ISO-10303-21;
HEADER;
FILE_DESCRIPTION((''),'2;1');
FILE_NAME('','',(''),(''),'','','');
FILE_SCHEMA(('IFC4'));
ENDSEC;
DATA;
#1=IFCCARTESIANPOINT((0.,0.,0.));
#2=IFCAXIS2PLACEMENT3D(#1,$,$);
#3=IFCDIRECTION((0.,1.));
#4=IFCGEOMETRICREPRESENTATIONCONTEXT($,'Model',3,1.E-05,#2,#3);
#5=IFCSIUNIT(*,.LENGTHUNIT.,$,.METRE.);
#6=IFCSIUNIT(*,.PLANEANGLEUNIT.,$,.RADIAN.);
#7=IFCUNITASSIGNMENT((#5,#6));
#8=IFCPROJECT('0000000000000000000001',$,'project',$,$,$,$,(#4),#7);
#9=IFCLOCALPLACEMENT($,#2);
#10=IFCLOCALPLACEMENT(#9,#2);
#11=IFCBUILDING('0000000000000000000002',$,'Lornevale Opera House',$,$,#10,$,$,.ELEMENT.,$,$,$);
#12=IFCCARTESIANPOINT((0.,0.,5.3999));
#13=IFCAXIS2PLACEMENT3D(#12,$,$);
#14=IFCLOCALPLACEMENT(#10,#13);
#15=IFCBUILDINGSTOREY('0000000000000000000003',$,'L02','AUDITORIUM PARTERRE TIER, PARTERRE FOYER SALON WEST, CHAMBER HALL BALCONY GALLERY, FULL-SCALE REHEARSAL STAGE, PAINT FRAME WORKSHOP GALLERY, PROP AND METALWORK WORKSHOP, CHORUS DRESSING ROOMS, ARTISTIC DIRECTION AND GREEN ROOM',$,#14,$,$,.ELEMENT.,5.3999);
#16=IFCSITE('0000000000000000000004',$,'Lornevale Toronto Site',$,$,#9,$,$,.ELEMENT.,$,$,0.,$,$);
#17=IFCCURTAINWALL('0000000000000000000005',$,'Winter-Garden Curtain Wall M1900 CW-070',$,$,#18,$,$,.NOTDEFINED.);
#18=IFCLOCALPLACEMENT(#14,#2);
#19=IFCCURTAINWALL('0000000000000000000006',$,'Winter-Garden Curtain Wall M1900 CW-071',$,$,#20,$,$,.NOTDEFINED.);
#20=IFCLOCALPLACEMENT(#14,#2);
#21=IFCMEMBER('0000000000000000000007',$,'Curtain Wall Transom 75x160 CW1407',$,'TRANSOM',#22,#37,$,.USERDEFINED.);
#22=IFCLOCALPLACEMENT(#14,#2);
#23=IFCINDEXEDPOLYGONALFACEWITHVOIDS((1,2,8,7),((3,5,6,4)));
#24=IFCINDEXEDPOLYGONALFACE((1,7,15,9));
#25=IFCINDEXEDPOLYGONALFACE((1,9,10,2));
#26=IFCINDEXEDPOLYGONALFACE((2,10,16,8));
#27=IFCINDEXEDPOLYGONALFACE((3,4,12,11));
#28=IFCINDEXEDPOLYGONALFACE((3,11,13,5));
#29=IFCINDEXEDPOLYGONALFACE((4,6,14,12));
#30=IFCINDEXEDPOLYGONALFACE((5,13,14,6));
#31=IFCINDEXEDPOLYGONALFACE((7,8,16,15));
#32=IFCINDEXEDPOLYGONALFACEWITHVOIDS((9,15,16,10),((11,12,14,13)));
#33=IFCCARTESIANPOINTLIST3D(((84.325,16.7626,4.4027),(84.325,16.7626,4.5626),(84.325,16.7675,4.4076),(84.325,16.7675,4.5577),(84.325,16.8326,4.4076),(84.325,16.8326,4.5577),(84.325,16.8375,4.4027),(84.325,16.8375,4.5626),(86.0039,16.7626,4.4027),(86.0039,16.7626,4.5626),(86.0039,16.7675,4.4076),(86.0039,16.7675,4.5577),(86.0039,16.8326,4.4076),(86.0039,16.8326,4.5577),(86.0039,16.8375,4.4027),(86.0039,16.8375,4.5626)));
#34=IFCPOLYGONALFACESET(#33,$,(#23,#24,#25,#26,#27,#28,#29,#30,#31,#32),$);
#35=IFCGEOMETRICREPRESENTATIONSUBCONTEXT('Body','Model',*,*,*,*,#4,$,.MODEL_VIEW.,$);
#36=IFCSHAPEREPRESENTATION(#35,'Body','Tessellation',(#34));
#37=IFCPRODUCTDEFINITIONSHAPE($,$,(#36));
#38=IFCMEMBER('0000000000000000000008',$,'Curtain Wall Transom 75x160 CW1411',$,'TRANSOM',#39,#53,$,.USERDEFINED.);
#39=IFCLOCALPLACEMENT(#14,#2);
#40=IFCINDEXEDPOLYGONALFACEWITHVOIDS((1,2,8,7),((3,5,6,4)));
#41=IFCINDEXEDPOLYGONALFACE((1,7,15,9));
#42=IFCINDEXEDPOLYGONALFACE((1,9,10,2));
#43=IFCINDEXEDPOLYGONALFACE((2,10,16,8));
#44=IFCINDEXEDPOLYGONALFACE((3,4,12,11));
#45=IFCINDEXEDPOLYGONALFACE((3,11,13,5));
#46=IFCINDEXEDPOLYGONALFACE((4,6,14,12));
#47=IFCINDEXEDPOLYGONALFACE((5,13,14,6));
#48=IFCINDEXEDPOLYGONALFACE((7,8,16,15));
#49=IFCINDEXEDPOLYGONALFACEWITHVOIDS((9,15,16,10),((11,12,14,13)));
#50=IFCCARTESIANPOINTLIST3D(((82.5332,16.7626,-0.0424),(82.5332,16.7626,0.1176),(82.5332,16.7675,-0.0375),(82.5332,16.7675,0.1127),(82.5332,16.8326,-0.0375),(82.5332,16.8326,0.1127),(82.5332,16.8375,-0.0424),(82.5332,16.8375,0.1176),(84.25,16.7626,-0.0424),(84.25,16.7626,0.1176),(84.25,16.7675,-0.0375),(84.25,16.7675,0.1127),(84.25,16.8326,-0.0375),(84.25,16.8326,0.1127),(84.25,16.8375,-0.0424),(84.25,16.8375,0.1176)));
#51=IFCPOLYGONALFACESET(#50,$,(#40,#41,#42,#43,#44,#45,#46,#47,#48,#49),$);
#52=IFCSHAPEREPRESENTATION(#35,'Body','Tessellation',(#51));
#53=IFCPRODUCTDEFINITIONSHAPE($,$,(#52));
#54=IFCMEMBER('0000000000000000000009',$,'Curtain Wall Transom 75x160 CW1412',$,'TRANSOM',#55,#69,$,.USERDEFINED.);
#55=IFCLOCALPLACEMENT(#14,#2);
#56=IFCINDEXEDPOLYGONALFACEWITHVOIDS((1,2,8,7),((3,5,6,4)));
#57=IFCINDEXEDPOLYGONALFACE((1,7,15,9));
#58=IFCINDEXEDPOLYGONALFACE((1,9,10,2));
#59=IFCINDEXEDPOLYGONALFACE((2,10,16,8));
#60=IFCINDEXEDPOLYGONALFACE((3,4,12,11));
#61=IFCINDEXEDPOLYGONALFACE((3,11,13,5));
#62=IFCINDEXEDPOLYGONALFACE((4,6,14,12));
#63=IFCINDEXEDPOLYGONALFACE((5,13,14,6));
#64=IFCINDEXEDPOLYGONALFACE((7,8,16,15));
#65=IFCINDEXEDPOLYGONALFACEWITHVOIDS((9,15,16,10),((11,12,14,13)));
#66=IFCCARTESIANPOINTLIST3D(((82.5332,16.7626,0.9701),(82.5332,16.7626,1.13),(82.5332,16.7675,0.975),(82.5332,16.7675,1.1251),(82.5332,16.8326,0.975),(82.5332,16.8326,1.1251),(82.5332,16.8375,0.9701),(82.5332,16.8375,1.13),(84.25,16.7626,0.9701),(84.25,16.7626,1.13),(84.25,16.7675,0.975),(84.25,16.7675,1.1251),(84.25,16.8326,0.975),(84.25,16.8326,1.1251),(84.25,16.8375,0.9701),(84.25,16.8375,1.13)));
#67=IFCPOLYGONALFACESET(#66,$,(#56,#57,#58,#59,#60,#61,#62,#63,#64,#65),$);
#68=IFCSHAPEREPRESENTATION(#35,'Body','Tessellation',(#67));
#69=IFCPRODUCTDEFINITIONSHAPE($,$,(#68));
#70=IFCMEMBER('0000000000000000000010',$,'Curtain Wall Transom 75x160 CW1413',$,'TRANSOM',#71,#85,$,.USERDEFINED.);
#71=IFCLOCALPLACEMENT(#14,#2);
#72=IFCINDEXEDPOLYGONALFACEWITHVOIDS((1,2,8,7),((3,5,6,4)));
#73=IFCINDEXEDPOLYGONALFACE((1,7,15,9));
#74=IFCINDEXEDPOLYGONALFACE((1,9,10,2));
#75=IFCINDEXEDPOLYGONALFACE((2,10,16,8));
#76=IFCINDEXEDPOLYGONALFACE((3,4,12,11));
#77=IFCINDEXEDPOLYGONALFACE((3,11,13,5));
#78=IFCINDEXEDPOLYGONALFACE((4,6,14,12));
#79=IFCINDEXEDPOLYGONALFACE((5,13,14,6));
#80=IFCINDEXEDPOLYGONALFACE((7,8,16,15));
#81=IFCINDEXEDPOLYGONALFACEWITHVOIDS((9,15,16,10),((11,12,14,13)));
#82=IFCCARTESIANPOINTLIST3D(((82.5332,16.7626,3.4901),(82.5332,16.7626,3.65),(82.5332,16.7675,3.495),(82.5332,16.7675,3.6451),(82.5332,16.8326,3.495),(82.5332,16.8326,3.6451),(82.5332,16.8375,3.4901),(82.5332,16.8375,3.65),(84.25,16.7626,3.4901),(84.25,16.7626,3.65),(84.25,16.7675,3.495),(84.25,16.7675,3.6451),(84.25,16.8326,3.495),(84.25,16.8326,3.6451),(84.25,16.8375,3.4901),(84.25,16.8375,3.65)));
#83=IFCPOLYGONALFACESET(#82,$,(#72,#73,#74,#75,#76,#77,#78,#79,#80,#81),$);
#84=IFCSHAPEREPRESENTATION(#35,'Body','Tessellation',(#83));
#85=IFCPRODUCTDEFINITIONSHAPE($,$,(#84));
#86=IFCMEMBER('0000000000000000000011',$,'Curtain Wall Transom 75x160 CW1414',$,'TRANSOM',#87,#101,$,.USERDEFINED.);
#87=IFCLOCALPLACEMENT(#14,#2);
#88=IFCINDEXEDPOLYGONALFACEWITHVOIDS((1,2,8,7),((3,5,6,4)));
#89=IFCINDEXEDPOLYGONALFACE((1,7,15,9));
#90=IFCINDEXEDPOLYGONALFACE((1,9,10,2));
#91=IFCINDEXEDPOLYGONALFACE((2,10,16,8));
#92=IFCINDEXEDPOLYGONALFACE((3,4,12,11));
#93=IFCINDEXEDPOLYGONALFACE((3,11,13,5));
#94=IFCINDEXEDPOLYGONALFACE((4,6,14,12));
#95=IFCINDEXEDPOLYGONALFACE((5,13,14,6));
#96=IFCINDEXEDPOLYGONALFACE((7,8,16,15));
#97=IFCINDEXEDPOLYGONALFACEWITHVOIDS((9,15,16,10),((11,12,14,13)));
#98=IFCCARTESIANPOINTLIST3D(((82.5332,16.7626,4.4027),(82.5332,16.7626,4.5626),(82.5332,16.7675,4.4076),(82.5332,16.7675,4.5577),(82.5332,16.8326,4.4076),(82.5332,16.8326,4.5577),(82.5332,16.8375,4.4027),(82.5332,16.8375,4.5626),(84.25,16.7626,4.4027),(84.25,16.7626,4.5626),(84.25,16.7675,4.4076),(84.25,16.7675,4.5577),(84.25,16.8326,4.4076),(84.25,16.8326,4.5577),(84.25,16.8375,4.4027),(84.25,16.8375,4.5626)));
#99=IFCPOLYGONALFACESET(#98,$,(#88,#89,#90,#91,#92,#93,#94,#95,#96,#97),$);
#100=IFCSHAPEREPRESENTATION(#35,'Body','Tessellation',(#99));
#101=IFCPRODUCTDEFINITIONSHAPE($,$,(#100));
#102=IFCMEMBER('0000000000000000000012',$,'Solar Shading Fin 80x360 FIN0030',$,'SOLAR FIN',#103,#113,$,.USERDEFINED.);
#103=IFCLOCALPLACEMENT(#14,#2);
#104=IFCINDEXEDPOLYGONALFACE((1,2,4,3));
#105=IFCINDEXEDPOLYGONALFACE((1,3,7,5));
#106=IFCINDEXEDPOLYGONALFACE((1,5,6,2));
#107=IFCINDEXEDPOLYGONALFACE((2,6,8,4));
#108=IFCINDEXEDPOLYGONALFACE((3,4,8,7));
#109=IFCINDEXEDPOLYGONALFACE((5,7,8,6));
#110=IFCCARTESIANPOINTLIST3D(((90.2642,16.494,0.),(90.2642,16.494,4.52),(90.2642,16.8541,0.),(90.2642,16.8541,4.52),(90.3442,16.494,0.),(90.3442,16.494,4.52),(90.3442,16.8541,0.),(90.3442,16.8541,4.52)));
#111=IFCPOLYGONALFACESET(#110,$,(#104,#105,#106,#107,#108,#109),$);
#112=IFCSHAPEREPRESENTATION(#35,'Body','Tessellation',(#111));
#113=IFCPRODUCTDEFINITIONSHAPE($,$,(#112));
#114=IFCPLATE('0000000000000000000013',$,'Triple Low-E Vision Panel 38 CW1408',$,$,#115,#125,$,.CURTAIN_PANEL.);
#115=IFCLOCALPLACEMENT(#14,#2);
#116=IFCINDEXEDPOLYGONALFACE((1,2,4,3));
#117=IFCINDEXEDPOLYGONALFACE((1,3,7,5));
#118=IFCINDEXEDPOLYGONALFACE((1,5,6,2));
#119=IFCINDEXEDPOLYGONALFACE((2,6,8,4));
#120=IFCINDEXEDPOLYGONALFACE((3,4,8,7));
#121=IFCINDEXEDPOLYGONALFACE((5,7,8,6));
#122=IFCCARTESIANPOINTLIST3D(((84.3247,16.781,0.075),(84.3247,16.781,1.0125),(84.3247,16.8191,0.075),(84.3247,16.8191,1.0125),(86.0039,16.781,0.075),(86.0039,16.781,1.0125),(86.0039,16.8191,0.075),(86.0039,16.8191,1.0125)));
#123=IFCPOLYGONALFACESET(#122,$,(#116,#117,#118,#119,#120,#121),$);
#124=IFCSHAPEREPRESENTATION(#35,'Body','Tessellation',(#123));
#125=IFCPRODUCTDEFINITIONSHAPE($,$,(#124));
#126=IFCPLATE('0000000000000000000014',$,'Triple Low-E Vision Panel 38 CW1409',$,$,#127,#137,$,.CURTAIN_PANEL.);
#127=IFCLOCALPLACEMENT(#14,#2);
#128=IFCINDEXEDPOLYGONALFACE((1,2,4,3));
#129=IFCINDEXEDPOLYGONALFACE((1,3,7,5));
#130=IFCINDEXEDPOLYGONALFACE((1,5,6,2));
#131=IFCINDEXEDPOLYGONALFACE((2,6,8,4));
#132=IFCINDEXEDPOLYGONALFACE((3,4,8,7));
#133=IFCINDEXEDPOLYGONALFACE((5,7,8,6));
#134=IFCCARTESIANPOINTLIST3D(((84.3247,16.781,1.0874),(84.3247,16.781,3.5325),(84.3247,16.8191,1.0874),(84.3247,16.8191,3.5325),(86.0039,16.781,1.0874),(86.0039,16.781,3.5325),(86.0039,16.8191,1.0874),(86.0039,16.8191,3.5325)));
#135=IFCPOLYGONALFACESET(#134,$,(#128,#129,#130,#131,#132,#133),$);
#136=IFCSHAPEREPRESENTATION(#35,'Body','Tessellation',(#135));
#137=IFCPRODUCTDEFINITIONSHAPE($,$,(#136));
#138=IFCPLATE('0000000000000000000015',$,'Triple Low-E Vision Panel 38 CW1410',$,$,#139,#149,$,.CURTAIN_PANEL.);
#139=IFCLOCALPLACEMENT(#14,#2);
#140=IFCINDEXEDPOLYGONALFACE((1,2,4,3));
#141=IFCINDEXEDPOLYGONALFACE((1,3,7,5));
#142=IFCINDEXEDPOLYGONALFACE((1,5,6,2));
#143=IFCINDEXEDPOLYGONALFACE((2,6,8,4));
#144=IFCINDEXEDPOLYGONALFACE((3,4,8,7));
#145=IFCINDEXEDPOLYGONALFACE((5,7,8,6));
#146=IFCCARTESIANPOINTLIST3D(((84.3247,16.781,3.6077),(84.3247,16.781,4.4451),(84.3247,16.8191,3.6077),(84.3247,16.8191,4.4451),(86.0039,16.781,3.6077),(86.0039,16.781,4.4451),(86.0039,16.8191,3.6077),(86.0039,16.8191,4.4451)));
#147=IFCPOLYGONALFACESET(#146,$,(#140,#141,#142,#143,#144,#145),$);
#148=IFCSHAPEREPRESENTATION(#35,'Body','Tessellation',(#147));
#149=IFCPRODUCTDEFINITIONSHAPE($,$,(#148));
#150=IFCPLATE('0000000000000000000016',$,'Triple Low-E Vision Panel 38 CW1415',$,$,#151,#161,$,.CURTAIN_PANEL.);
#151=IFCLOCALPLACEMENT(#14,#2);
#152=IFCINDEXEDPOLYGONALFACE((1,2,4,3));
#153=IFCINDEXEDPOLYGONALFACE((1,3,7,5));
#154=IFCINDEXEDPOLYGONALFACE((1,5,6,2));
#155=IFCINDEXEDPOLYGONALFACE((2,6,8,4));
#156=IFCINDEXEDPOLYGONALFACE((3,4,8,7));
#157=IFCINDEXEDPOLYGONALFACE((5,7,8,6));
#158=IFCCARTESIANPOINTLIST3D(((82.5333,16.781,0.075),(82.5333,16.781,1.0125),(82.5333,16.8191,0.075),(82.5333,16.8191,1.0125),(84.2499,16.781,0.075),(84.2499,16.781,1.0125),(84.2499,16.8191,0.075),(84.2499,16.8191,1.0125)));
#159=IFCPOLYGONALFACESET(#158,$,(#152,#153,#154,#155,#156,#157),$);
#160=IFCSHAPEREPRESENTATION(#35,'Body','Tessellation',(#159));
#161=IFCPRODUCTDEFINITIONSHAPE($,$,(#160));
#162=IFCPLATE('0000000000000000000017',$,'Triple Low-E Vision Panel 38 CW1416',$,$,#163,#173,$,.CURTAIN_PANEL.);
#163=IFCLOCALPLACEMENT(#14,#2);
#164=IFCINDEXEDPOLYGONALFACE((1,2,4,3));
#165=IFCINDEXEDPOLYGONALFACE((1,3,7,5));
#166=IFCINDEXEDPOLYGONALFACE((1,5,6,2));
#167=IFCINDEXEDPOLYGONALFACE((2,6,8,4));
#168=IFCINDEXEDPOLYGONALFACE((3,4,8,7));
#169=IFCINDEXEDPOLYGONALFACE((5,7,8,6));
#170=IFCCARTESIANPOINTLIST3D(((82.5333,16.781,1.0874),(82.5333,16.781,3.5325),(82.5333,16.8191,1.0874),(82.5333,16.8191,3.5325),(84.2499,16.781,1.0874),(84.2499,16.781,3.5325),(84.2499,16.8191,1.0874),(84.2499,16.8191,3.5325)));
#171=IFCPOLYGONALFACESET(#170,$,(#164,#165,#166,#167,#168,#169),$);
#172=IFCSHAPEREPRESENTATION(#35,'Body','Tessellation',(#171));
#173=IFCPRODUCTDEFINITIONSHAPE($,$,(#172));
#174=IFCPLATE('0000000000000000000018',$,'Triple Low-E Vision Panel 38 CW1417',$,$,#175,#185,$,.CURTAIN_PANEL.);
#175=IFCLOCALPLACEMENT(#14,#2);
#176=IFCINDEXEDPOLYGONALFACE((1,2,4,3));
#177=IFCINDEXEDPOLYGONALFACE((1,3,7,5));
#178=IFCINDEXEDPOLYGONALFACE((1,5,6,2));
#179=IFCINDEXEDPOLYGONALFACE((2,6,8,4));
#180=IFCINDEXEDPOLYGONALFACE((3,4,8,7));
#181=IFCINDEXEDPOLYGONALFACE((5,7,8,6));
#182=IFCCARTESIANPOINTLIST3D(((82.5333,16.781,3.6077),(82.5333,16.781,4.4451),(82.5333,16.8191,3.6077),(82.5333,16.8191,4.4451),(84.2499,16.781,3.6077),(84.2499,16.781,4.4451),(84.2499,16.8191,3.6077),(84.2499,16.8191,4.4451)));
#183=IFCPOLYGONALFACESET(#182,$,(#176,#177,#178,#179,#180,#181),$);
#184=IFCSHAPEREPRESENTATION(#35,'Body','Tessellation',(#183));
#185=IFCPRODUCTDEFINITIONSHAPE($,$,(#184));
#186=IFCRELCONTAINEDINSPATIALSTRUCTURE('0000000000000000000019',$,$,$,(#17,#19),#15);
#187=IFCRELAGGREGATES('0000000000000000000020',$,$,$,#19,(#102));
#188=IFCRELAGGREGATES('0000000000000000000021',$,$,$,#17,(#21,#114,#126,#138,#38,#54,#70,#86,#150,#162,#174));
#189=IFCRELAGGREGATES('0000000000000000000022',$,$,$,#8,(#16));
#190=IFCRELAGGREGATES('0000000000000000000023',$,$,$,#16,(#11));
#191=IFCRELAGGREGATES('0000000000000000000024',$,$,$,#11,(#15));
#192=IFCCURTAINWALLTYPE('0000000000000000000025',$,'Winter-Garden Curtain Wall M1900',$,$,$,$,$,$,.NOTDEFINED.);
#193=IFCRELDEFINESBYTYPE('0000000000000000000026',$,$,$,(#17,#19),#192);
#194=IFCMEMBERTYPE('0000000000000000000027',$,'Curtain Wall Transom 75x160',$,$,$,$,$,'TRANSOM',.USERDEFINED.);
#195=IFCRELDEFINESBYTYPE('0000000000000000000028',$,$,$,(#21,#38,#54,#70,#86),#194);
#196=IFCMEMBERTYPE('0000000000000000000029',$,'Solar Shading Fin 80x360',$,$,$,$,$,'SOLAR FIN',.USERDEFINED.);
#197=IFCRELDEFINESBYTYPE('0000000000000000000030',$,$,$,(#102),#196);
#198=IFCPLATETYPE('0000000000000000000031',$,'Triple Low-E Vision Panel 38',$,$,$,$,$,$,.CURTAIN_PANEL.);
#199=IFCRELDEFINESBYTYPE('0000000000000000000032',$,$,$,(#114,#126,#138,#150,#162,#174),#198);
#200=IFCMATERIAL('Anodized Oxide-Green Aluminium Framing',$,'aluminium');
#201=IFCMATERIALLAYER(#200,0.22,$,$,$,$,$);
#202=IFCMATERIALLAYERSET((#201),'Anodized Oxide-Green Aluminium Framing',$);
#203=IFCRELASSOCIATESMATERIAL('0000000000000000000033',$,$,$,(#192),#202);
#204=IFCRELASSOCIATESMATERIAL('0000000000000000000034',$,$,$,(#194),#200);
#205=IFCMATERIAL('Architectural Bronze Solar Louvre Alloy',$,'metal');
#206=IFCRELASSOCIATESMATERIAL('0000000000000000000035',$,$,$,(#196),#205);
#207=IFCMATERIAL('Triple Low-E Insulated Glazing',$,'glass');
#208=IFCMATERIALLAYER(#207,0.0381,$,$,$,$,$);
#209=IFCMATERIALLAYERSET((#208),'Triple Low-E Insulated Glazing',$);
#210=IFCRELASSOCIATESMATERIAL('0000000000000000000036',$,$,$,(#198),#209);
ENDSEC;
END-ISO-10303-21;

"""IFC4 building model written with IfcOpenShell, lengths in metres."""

from ifc_helpers import new_model, si_unit, direction, frame, origin, origin_2d, place, context, subcontext, project, spatial, rectangle, hollow_rectangle, extrude, material, layer, layer_set, material_profile, profile_set, type_object, element, aggregate, save


model = new_model("IFC4")

# Units and contexts
model_context = context("Model", 3, precision=1e-05, world=origin(), true_north=direction((0.0, 1.0)))
body_context = subcontext(model_context, "Body", "Model", "MODEL_VIEW")
ifc_project = project(units=[si_unit("LENGTHUNIT", "METRE"), si_unit("PLANEANGLEUNIT", "RADIAN")], contexts=[model_context])

# Site, building, storey
site_placement = place(None, origin())
site = spatial("IfcSite", under=ifc_project, at=site_placement, Name="Lornevale Toronto Site", CompositionType="ELEMENT", RefElevation=0.0)
building_placement = place(site_placement, origin())
building = spatial("IfcBuilding", under=site, at=building_placement, Name="Lornevale Opera House", CompositionType="ELEMENT")
storey_placement = place(building_placement, frame((0.0, 0.0, 5.3999)))
storey = spatial("IfcBuildingStorey", under=building, at=storey_placement, Name="L02", Description="AUDITORIUM PARTERRE TIER, PARTERRE FOYER SALON WEST, CHAMBER HALL BALCONY GALLERY, FULL-SCALE REHEARSAL STAGE, PAINT FRAME WORKSHOP GALLERY, PROP AND METALWORK WORKSHOP, CHORUS DRESSING ROOMS, ARTISTIC DIRECTION AND GREEN ROOM", CompositionType="ELEMENT", Elevation=5.3999)

# Curtain wall
ifc_material_1 = material(Name="Anodized Oxide-Green Aluminium Framing", Category="aluminium")
ifc_layer_1 = layer(ifc_material_1, 0.22)
ifc_layer_set_1 = layer_set([ifc_layer_1], Name="Anodized Oxide-Green Aluminium Framing")
curtain_wall_type = type_object("IfcCurtainWallType", Name="Winter-Garden Curtain Wall M1900", PredefinedType="NOTDEFINED", material=ifc_layer_set_1)
curtain_wall_1_placement = place(storey_placement, origin())
curtain_wall_1 = element("IfcCurtainWall", 1, at=curtain_wall_1_placement, inside=storey, type_object=curtain_wall_type, Name="Winter-Garden Curtain Wall M1900 CW-070", PredefinedType="NOTDEFINED")

# Curtain wall
curtain_wall_2_placement = place(storey_placement, origin())
curtain_wall_2 = element("IfcCurtainWall", 2, at=curtain_wall_2_placement, inside=storey, type_object=curtain_wall_type, Name="Winter-Garden Curtain Wall M1900 CW-071", PredefinedType="NOTDEFINED")

# Members
ifc_material_profile_1 = material_profile(ifc_material_1, hollow_rectangle(XDim=0.075, YDim=0.1599, WallThickness=0.0049, at=origin_2d()), Name="ALU75x160x5")
ifc_profile_set_1 = profile_set([ifc_material_profile_1], Name="Anodized Oxide-Green Aluminium Framing")
member_type_1 = type_object("IfcMemberType", Name="Curtain Wall Transom 75x160", ElementType="TRANSOM", PredefinedType="USERDEFINED", material=ifc_profile_set_1)
member_1_placement = place(storey_placement, frame((86.0039, 16.8, 4.4827), z_axis=(-1.0, 0.0, 0.0), x_axis=(0.0, -1.0, 0.0)))
member_1 = element("IfcMember", 3, at=member_1_placement, type_object=member_type_1, Name="Curtain Wall Transom 75x160 CW1407", ObjectType="TRANSOM", PredefinedType="USERDEFINED", context=body_context, shape_type="SweptSolid", body=[
    extrude(hollow_rectangle(XDim=0.075, YDim=0.1599, WallThickness=0.0049, at=origin_2d()), origin(), (0.0, 0.0, 1.0), 1.679),
])
member_2_placement = place(storey_placement, frame((84.25, 16.8, 0.0376), z_axis=(-1.0, 0.0, 0.0), x_axis=(0.0, -1.0, 0.0)))
member_2 = element("IfcMember", 4, at=member_2_placement, type_object=member_type_1, Name="Curtain Wall Transom 75x160 CW1411", ObjectType="TRANSOM", PredefinedType="USERDEFINED", context=body_context, shape_type="SweptSolid", body=[
    extrude(hollow_rectangle(XDim=0.075, YDim=0.1599, WallThickness=0.0049, at=origin_2d()), origin(), (0.0, 0.0, 1.0), 1.7168),
])
member_3_placement = place(storey_placement, frame((84.25, 16.8, 1.05), z_axis=(-1.0, 0.0, 0.0), x_axis=(0.0, -1.0, 0.0)))
member_3 = element("IfcMember", 5, at=member_3_placement, type_object=member_type_1, Name="Curtain Wall Transom 75x160 CW1412", ObjectType="TRANSOM", PredefinedType="USERDEFINED", context=body_context, shape_type="SweptSolid", body=[
    extrude(hollow_rectangle(XDim=0.075, YDim=0.1599, WallThickness=0.0049, at=origin_2d()), origin(), (0.0, 0.0, 1.0), 1.7168),
])
member_4_placement = place(storey_placement, frame((84.25, 16.8, 3.5701), z_axis=(-1.0, 0.0, 0.0), x_axis=(0.0, -1.0, 0.0)))
member_4 = element("IfcMember", 6, at=member_4_placement, type_object=member_type_1, Name="Curtain Wall Transom 75x160 CW1413", ObjectType="TRANSOM", PredefinedType="USERDEFINED", context=body_context, shape_type="SweptSolid", body=[
    extrude(hollow_rectangle(XDim=0.075, YDim=0.1599, WallThickness=0.0049, at=origin_2d()), origin(), (0.0, 0.0, 1.0), 1.7168),
])
member_5_placement = place(storey_placement, frame((84.25, 16.8, 4.4827), z_axis=(-1.0, 0.0, 0.0), x_axis=(0.0, -1.0, 0.0)))
member_5 = element("IfcMember", 7, at=member_5_placement, type_object=member_type_1, Name="Curtain Wall Transom 75x160 CW1414", ObjectType="TRANSOM", PredefinedType="USERDEFINED", context=body_context, shape_type="SweptSolid", body=[
    extrude(hollow_rectangle(XDim=0.075, YDim=0.1599, WallThickness=0.0049, at=origin_2d()), origin(), (0.0, 0.0, 1.0), 1.7168),
])
ifc_material_2 = material(Name="Architectural Bronze Solar Louvre Alloy", Category="metal")
ifc_material_profile_2 = material_profile(ifc_material_2, rectangle(XDim=0.0801, YDim=0.3601, at=origin_2d()), Name="FIN80x360")
ifc_profile_set_2 = profile_set([ifc_material_profile_2], Name="Architectural Bronze Solar Louvre Alloy")
member_type_2 = type_object("IfcMemberType", Name="Solar Shading Fin 80x360", ElementType="SOLAR FIN", PredefinedType="USERDEFINED", material=ifc_profile_set_2)
member_6_placement = place(storey_placement, frame((90.3042, 16.6741, 0.0), z_axis=(0.0, 0.0, 1.0), x_axis=(-1.0, 0.0, 0.0)))
member_6 = element("IfcMember", 8, at=member_6_placement, type_object=member_type_2, Name="Solar Shading Fin 80x360 FIN0030", ObjectType="SOLAR FIN", PredefinedType="USERDEFINED", context=body_context, shape_type="SweptSolid", body=[
    extrude(rectangle(XDim=0.0801, YDim=0.3601, at=origin_2d()), origin(), (0.0, 0.0, 1.0), 4.52),
])
aggregate(curtain_wall_2, [member_6])

# Plates
ifc_material_3 = material(Name="Triple Low-E Insulated Glazing", Category="glass")
ifc_layer_2 = layer(ifc_material_3, 0.0381)
ifc_layer_set_2 = layer_set([ifc_layer_2], Name="Triple Low-E Insulated Glazing")
plate_type = type_object("IfcPlateType", Name="Triple Low-E Vision Panel 38", PredefinedType="CURTAIN_PANEL", material=ifc_layer_set_2)
plate_1_placement = place(storey_placement, frame((85.1643, 16.8, 0.075), z_axis=(0.0, 0.0, 1.0), x_axis=(-1.0, 0.0, 0.0)))
plate_1 = element("IfcPlate", 9, at=plate_1_placement, type_object=plate_type, Name="Triple Low-E Vision Panel 38 CW1408", PredefinedType="CURTAIN_PANEL", context=body_context, shape_type="SweptSolid", body=[
    extrude(rectangle(XDim=1.6792, YDim=0.0381, at=origin_2d()), origin(), (0.0, 0.0, 1.0), 0.9375),
])
plate_2_placement = place(storey_placement, frame((85.1643, 16.8, 1.0874), z_axis=(0.0, 0.0, 1.0), x_axis=(-1.0, 0.0, 0.0)))
plate_2 = element("IfcPlate", 10, at=plate_2_placement, type_object=plate_type, Name="Triple Low-E Vision Panel 38 CW1409", PredefinedType="CURTAIN_PANEL", context=body_context, shape_type="SweptSolid", body=[
    extrude(rectangle(XDim=1.6792, YDim=0.0381, at=origin_2d()), origin(), (0.0, 0.0, 1.0), 2.4451),
])
plate_3_placement = place(storey_placement, frame((85.1643, 16.8, 3.6077), z_axis=(0.0, 0.0, 1.0), x_axis=(-1.0, 0.0, 0.0)))
plate_3 = element("IfcPlate", 11, at=plate_3_placement, type_object=plate_type, Name="Triple Low-E Vision Panel 38 CW1410", PredefinedType="CURTAIN_PANEL", context=body_context, shape_type="SweptSolid", body=[
    extrude(rectangle(XDim=1.6792, YDim=0.0381, at=origin_2d()), origin(), (0.0, 0.0, 1.0), 0.8374),
])
plate_4_placement = place(storey_placement, frame((83.3916, 16.8, 0.075), z_axis=(0.0, 0.0, 1.0), x_axis=(-1.0, 0.0, 0.0)))
plate_4 = element("IfcPlate", 12, at=plate_4_placement, type_object=plate_type, Name="Triple Low-E Vision Panel 38 CW1415", PredefinedType="CURTAIN_PANEL", context=body_context, shape_type="SweptSolid", body=[
    extrude(rectangle(XDim=1.7166, YDim=0.0381, at=origin_2d()), origin(), (0.0, 0.0, 1.0), 0.9375),
])
plate_5_placement = place(storey_placement, frame((83.3916, 16.8, 1.0874), z_axis=(0.0, 0.0, 1.0), x_axis=(-1.0, 0.0, 0.0)))
plate_5 = element("IfcPlate", 13, at=plate_5_placement, type_object=plate_type, Name="Triple Low-E Vision Panel 38 CW1416", PredefinedType="CURTAIN_PANEL", context=body_context, shape_type="SweptSolid", body=[
    extrude(rectangle(XDim=1.7166, YDim=0.0381, at=origin_2d()), origin(), (0.0, 0.0, 1.0), 2.4451),
])
plate_6_placement = place(storey_placement, frame((83.3916, 16.8, 3.6077), z_axis=(0.0, 0.0, 1.0), x_axis=(-1.0, 0.0, 0.0)))
plate_6 = element("IfcPlate", 14, at=plate_6_placement, type_object=plate_type, Name="Triple Low-E Vision Panel 38 CW1417", PredefinedType="CURTAIN_PANEL", context=body_context, shape_type="SweptSolid", body=[
    extrude(rectangle(XDim=1.7166, YDim=0.0381, at=origin_2d()), origin(), (0.0, 0.0, 1.0), 0.8374),
])
aggregate(curtain_wall_1, [member_1, plate_1, plate_2, plate_3, member_2, member_3, member_4, member_5, plate_4, plate_5, plate_6])

save(model, "model.ifc")
